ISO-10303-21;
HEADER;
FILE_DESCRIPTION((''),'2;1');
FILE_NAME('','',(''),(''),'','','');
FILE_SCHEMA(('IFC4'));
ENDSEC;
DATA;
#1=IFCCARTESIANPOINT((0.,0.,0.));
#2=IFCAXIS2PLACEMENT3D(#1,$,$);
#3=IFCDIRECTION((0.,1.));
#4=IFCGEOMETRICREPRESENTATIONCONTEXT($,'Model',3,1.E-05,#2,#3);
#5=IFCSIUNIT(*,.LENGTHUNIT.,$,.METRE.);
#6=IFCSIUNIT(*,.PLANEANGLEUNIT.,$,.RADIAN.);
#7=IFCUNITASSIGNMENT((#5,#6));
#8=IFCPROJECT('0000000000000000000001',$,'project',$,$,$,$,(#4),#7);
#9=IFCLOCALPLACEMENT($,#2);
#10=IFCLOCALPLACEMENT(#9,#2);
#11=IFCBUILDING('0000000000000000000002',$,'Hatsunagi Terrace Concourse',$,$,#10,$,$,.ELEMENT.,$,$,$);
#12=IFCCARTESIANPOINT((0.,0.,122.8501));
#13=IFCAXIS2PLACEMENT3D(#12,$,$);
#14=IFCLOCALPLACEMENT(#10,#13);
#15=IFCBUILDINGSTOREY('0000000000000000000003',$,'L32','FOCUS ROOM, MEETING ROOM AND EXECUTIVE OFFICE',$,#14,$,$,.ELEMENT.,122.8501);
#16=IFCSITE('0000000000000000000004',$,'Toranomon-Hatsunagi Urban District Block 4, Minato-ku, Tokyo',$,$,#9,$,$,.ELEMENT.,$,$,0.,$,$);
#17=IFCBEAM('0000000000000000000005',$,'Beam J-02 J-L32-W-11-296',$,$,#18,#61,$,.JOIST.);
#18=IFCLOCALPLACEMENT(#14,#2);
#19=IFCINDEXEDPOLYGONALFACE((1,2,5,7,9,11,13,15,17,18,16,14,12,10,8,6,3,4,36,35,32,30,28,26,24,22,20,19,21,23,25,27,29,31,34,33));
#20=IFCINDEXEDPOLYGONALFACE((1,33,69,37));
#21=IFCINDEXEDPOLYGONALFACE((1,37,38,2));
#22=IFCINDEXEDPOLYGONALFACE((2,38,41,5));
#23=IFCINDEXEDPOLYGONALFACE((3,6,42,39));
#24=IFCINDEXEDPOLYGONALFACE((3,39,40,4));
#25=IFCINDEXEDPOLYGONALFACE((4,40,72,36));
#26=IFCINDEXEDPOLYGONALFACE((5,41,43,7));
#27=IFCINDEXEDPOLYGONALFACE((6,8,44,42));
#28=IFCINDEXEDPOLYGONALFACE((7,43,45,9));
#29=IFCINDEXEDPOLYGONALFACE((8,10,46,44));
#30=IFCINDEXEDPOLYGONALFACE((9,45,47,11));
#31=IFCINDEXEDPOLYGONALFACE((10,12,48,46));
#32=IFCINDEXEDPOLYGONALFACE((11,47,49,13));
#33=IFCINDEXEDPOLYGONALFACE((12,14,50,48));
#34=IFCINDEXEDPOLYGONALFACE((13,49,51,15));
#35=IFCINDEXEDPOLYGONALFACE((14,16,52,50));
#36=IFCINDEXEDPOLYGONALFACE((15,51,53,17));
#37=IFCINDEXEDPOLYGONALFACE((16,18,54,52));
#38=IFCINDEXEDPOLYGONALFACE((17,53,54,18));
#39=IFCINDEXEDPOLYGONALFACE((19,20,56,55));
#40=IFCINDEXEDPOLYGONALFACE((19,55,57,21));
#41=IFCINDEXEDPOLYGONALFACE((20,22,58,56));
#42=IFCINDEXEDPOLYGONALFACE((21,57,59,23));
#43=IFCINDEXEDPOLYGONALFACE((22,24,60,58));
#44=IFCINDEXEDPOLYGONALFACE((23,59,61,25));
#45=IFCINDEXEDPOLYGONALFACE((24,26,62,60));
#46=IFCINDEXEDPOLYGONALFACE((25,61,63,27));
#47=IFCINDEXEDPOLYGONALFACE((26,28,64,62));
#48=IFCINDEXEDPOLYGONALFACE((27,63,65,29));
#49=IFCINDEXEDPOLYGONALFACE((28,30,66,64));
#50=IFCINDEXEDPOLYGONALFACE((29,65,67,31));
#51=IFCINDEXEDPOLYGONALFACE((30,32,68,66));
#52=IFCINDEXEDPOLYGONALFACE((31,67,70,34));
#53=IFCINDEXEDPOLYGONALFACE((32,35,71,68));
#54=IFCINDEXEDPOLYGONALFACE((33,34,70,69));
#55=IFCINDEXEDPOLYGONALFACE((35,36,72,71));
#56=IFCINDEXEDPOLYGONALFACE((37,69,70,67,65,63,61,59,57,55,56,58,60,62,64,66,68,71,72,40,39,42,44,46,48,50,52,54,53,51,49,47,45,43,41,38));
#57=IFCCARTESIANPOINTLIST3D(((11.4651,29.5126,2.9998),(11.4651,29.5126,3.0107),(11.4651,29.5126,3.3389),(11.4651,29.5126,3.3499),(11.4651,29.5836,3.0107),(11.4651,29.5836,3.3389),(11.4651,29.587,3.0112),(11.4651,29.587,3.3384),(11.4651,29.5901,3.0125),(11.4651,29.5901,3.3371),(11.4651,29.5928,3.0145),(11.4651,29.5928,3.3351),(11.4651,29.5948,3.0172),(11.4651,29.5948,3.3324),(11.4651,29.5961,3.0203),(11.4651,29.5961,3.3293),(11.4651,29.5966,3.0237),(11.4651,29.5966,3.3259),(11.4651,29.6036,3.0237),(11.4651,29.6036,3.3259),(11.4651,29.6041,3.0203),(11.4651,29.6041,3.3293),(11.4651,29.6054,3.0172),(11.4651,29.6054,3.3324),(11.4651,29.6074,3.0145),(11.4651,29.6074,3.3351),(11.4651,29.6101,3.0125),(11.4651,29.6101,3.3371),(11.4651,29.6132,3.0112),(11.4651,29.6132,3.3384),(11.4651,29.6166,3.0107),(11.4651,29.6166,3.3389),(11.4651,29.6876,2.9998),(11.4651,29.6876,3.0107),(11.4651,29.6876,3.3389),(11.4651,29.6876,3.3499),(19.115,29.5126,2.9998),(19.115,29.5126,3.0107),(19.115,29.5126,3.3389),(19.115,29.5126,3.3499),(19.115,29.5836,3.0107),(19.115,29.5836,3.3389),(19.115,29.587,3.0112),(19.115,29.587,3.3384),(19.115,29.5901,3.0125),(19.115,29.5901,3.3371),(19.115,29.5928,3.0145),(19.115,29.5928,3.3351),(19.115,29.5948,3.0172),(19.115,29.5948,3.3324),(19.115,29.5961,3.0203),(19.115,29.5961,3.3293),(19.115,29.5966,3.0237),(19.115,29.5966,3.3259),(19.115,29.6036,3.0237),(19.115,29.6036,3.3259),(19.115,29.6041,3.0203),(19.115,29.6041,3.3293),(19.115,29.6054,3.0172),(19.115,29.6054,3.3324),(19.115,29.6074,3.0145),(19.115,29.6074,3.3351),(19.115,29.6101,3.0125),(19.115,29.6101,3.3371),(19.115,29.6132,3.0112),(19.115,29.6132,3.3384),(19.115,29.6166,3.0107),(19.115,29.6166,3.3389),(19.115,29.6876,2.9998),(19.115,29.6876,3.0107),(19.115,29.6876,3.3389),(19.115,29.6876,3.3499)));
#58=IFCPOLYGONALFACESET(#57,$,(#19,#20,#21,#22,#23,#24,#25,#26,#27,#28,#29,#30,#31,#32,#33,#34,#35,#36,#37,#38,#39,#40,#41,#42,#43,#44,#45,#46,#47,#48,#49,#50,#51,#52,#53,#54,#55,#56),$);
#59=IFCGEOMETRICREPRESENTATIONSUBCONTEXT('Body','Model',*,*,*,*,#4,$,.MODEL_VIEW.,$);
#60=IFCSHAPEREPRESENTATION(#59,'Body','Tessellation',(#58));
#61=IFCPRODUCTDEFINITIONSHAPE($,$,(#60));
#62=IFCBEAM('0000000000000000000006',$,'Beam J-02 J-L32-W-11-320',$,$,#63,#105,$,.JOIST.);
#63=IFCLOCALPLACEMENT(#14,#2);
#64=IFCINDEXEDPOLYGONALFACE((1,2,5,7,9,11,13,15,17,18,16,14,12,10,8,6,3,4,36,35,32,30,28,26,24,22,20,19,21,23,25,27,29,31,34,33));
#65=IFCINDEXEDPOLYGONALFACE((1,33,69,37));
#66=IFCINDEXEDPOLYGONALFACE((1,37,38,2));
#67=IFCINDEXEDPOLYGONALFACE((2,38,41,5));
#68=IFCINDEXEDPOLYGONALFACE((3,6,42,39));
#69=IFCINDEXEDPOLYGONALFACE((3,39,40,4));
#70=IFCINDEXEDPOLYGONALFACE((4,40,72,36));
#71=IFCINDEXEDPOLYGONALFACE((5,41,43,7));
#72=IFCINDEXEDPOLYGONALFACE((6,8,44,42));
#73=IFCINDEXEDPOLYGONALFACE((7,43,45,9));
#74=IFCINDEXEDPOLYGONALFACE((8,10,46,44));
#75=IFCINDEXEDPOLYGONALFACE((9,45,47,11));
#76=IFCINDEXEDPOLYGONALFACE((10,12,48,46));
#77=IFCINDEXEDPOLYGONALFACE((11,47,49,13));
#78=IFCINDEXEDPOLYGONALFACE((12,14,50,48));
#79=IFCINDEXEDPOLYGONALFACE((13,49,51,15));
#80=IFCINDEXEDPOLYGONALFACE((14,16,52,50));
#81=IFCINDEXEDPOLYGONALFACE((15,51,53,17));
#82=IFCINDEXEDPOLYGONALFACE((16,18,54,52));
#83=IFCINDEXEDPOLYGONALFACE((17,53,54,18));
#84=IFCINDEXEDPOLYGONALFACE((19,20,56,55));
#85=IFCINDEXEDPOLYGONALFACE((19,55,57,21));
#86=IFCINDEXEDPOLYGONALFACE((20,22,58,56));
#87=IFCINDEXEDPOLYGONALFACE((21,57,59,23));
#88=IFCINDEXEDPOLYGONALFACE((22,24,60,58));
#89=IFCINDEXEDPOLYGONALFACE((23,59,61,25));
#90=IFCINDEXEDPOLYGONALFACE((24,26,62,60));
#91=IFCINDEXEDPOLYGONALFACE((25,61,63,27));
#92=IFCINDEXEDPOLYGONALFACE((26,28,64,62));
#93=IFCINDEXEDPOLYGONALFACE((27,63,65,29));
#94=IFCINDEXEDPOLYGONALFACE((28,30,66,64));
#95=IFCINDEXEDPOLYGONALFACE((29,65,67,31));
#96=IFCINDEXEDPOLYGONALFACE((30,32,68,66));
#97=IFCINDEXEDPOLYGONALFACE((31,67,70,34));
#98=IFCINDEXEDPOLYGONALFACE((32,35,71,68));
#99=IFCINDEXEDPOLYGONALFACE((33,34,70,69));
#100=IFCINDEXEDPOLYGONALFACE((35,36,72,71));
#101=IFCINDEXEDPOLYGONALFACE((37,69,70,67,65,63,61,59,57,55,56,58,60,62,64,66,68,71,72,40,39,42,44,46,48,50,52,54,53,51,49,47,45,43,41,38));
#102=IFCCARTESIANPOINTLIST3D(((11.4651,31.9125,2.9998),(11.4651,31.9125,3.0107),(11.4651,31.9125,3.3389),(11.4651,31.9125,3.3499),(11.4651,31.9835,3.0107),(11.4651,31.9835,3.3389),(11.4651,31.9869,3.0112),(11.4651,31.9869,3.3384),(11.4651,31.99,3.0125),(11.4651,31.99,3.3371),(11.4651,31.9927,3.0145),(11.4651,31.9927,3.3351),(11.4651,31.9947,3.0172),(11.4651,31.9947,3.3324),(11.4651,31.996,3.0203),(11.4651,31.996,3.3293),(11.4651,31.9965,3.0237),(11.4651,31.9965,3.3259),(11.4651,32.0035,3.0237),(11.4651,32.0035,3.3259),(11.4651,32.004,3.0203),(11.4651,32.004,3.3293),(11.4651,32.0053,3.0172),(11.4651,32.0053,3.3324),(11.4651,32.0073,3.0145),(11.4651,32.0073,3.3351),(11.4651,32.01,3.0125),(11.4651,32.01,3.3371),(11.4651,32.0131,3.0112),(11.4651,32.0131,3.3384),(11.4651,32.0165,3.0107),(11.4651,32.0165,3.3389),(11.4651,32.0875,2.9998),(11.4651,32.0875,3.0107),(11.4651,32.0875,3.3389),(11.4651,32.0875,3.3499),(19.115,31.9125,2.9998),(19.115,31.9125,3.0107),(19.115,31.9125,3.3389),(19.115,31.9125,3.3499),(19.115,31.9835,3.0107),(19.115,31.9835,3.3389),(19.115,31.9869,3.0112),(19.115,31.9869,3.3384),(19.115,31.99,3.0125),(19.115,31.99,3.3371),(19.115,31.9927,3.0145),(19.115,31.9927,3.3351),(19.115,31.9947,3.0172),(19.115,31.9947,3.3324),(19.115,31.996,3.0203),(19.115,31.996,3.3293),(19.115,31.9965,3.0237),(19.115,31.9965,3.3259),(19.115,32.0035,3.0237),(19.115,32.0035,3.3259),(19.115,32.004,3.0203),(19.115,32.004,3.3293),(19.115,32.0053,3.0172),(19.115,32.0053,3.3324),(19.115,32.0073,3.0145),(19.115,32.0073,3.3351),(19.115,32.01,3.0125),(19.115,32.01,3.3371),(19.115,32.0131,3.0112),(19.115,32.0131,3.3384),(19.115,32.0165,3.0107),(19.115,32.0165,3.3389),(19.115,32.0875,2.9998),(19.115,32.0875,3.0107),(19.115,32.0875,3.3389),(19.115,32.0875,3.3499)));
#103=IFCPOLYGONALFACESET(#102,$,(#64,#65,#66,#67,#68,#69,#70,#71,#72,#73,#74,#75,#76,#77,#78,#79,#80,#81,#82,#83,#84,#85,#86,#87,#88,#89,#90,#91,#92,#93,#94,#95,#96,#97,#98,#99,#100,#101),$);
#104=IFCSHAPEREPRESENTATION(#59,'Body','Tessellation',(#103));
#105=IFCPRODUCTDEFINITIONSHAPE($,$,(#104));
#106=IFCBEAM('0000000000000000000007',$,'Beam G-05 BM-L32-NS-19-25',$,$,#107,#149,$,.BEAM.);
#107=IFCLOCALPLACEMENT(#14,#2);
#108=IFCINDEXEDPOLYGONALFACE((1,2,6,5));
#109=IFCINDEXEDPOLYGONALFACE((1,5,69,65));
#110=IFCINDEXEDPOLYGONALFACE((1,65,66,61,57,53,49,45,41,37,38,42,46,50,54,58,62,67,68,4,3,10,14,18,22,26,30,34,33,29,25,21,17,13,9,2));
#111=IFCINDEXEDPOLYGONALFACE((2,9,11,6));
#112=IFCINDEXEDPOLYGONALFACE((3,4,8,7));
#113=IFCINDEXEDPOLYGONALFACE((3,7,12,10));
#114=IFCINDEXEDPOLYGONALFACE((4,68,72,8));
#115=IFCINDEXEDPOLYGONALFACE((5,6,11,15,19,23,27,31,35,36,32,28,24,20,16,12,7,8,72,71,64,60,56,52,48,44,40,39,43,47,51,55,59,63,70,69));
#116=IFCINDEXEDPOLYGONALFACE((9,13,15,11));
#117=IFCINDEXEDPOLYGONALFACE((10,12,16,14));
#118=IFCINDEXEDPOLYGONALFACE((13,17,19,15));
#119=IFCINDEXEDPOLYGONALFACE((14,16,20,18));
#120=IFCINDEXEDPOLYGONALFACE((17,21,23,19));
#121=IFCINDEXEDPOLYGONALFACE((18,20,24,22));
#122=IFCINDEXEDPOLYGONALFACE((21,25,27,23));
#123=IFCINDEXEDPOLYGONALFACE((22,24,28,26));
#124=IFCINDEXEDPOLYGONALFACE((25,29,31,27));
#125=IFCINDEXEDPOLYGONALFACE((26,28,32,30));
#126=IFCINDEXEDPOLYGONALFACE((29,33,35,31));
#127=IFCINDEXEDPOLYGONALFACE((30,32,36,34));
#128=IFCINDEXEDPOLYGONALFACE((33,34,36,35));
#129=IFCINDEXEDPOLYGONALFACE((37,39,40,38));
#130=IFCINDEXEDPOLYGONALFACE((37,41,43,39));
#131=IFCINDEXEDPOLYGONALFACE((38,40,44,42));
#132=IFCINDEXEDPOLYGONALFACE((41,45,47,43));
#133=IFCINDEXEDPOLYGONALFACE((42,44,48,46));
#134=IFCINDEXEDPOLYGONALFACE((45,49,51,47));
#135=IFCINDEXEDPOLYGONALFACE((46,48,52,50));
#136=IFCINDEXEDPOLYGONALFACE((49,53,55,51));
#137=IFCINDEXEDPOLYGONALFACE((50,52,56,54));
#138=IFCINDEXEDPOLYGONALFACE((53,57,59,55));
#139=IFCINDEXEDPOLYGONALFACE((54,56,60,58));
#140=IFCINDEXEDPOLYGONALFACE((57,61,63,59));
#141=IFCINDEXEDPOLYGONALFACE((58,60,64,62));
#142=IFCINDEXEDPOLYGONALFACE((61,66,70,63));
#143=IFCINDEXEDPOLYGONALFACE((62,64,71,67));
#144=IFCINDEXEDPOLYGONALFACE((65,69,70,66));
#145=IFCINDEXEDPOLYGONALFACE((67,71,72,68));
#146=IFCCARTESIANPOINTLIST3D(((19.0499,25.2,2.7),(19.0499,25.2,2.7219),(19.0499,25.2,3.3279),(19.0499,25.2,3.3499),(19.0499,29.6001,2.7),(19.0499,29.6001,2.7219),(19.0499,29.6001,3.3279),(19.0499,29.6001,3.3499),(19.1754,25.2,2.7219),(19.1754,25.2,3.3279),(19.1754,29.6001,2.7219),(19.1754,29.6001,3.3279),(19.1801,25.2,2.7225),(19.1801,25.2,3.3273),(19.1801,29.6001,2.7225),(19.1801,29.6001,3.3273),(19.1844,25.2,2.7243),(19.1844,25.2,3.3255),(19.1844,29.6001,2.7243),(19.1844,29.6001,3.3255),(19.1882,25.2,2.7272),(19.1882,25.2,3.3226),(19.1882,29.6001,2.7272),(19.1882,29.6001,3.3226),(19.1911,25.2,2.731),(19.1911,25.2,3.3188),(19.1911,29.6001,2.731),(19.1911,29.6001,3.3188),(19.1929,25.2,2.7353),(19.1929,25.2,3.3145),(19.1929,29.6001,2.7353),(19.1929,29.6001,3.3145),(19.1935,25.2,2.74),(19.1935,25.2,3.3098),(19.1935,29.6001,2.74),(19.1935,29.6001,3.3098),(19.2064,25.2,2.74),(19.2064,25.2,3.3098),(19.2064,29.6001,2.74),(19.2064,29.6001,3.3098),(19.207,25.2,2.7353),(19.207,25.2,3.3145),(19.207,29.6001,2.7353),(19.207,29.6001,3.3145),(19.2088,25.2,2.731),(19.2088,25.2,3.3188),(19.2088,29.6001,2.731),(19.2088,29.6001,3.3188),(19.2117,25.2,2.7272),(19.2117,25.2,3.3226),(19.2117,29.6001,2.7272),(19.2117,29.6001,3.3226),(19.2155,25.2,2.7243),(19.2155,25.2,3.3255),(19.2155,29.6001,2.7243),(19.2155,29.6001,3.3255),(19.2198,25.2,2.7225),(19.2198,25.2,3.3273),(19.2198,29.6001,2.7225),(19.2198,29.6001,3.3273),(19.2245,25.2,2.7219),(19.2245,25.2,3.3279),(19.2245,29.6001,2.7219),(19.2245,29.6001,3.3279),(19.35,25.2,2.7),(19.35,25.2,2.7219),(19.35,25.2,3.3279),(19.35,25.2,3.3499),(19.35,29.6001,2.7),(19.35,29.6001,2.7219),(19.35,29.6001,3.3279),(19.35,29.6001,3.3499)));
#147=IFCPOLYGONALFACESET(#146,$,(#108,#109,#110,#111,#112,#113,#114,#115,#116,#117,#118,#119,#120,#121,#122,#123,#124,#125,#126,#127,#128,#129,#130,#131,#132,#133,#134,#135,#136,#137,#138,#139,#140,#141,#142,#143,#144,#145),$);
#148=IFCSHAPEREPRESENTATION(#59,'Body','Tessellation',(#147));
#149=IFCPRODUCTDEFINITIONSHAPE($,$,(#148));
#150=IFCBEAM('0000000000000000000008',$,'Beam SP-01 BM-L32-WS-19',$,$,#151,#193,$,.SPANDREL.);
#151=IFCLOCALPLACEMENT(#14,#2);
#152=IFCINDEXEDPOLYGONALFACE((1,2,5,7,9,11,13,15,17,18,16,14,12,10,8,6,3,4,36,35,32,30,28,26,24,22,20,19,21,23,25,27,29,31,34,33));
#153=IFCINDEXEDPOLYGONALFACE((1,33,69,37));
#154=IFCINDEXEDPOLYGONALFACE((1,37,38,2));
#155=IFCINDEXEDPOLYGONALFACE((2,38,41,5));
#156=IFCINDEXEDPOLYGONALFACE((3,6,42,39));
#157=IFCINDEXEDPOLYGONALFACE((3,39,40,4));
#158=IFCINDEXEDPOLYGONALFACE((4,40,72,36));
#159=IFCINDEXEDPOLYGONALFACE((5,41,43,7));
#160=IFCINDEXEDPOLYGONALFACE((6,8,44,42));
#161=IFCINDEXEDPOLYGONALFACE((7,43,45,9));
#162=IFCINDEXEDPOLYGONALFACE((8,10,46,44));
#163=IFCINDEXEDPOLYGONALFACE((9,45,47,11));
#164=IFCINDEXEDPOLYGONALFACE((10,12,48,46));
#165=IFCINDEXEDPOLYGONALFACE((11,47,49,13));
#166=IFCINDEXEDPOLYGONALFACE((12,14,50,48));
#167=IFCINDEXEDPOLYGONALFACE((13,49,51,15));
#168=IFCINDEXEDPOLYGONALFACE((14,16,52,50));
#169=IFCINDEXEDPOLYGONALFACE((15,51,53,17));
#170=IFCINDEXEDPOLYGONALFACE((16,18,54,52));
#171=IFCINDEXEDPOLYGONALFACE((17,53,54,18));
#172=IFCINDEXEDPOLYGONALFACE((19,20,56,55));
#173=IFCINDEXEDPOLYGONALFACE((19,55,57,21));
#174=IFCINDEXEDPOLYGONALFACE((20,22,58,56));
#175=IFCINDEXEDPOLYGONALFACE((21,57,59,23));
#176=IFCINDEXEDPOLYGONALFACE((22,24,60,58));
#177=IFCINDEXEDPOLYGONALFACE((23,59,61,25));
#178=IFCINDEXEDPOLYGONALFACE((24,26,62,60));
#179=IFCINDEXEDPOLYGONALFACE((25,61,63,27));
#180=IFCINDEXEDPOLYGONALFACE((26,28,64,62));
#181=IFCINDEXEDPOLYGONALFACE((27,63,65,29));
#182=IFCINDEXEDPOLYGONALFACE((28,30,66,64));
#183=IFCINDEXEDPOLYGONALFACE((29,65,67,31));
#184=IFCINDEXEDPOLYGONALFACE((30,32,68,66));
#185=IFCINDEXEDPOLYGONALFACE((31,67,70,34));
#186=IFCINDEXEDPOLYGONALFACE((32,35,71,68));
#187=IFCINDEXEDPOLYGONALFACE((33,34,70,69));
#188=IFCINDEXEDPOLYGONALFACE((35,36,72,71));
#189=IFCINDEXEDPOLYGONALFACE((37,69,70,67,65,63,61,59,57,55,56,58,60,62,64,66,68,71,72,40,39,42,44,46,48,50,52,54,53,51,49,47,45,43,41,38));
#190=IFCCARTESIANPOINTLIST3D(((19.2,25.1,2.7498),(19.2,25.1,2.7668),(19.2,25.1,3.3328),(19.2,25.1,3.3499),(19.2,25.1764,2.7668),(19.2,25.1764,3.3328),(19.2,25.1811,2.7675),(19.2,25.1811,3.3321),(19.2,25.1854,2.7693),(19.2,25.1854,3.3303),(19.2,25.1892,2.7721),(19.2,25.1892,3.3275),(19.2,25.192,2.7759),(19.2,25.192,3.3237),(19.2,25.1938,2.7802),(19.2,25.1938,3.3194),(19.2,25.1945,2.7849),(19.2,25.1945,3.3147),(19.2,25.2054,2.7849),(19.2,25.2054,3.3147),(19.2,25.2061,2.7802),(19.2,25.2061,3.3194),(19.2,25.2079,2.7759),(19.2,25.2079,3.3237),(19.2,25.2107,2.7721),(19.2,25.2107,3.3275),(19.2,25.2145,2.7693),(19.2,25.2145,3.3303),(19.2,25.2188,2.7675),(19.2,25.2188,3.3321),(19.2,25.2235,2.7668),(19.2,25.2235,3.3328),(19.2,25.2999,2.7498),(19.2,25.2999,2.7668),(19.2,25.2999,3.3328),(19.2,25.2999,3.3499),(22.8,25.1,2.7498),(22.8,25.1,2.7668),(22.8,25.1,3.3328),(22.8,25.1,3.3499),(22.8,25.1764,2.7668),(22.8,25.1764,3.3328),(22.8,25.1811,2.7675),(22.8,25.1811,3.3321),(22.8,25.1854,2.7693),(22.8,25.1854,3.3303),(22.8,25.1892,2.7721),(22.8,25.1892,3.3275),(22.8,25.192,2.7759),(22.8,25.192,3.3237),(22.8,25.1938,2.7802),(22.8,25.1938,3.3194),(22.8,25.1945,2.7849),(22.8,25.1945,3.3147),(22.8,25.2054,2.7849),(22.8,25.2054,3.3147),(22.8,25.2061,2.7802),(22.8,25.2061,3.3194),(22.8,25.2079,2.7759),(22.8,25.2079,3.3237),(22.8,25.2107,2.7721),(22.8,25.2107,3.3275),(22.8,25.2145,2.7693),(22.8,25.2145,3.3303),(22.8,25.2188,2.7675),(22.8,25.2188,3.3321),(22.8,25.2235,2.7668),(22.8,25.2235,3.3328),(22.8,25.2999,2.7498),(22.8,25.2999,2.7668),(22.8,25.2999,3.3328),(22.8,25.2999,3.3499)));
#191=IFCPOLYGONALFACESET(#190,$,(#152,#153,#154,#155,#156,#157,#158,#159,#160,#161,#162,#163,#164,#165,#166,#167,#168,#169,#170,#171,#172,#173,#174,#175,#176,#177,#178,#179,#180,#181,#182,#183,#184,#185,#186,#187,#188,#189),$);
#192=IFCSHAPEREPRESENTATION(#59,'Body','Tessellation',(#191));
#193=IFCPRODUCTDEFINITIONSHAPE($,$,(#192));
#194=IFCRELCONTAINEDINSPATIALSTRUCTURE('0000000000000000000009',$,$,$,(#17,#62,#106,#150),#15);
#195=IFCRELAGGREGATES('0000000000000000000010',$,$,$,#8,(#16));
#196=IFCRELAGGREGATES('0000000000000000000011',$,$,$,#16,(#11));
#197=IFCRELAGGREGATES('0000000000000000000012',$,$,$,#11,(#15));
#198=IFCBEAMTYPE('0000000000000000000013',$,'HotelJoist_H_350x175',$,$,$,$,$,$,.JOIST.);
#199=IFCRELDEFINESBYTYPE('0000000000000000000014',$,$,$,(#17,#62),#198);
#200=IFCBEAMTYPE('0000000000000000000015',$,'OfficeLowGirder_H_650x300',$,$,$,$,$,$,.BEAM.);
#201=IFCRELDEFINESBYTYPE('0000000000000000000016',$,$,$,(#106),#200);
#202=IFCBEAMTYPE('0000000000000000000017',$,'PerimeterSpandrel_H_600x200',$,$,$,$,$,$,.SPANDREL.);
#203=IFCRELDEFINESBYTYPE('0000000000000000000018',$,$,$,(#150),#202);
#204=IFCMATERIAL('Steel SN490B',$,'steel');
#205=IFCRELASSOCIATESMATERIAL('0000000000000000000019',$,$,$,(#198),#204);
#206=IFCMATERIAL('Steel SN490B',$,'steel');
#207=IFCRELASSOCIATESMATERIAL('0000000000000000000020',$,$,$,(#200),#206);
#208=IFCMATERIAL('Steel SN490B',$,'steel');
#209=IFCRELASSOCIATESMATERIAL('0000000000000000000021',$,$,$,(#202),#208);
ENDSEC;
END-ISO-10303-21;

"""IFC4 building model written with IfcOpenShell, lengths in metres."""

from ifc_helpers import new_model, si_unit, direction, frame, origin, origin_2d, place, context, subcontext, project, spatial, i_section, extrude, material, material_profile, profile_set, type_object, element, save


model = new_model("IFC4")

# Units and contexts
model_context = context("Model", 3, precision=1e-05, world=origin(), true_north=direction((0.0, 1.0)))
body_context = subcontext(model_context, "Body", "Model", "MODEL_VIEW")
ifc_project = project(units=[si_unit("LENGTHUNIT", "METRE"), si_unit("PLANEANGLEUNIT", "RADIAN")], contexts=[model_context])

# Site, building, storey
site_placement = place(None, origin())
site = spatial("IfcSite", under=ifc_project, at=site_placement, Name="Toranomon-Hatsunagi Urban District Block 4, Minato-ku, Tokyo", CompositionType="ELEMENT", RefElevation=0.0)
building_placement = place(site_placement, origin())
building = spatial("IfcBuilding", under=site, at=building_placement, Name="Hatsunagi Terrace Concourse", CompositionType="ELEMENT")
storey_placement = place(building_placement, frame((0.0, 0.0, 122.8501)))
storey = spatial("IfcBuildingStorey", under=building, at=storey_placement, Name="L32", Description="FOCUS ROOM, MEETING ROOM AND EXECUTIVE OFFICE", CompositionType="ELEMENT", Elevation=122.8501)

# Beams
ifc_material_1 = material(Name="Steel SN490B", Category="steel")
ifc_material_profile_1 = material_profile(ifc_material_1, i_section(OverallWidth=0.175, OverallDepth=0.3501, WebThickness=0.0071, FlangeThickness=0.011, FilletRadius=0.0129, at=origin_2d()), Name="H-350x175x7x11")
ifc_profile_set_1 = profile_set([ifc_material_profile_1], Name="Steel SN490B")
beam_type_1 = type_object("IfcBeamType", Name="HotelJoist_H_350x175", PredefinedType="JOIST", material=ifc_profile_set_1)
for number, where, z_axis, x_axis, name in (
    (1, (11.4651, 29.6001, 3.1748), (1.0, 0.0, 0.0), (0.0, 1.0, 0.0), "Beam J-02 J-L32-W-11-296"),
    (2, (11.4651, 32.0, 3.1748), (1.0, 0.0, 0.0), (0.0, 1.0, 0.0), "Beam J-02 J-L32-W-11-320"),
):
    element("IfcBeam", number, at=place(storey_placement, frame(where, z_axis=z_axis, x_axis=x_axis)), inside=storey, type_object=beam_type_1, Name=name, PredefinedType="JOIST", context=body_context, shape_type="SweptSolid", body=[
        extrude(i_section(OverallWidth=0.175, OverallDepth=0.3501, WebThickness=0.0071, FlangeThickness=0.011, FilletRadius=0.0129, at=origin_2d()), origin(), (0.0, 0.0, 1.0), 7.6499),
    ])
ifc_material_2 = material(Name="Steel SN490B", Category="steel")
ifc_material_profile_2 = material_profile(ifc_material_2, i_section(OverallWidth=0.3, OverallDepth=0.6499, WebThickness=0.0129, FlangeThickness=0.022, FilletRadius=0.0181, at=origin_2d()), Name="H-650x300x13x22")
ifc_profile_set_2 = profile_set([ifc_material_profile_2], Name="Steel SN490B")
beam_type_2 = type_object("IfcBeamType", Name="OfficeLowGirder_H_650x300", PredefinedType="BEAM", material=ifc_profile_set_2)
beam_1_placement = place(storey_placement, frame((19.2, 25.2, 3.0249), z_axis=(0.0, 1.0, 0.0), x_axis=(-1.0, 0.0, 0.0)))
element("IfcBeam", 3, at=beam_1_placement, inside=storey, type_object=beam_type_2, Name="Beam G-05 BM-L32-NS-19-25", PredefinedType="BEAM", context=body_context, shape_type="SweptSolid", body=[
    extrude(i_section(OverallWidth=0.3, OverallDepth=0.6499, WebThickness=0.0129, FlangeThickness=0.022, FilletRadius=0.0181, at=origin_2d()), origin(), (0.0, 0.0, 1.0), 4.4001),
])
ifc_material_3 = material(Name="Steel SN490B", Category="steel")
ifc_material_profile_3 = material_profile(ifc_material_3, i_section(OverallWidth=0.2, OverallDepth=0.6001, WebThickness=0.011, FlangeThickness=0.0171, FilletRadius=0.0181, at=origin_2d()), Name="H-600x200x11x17")
ifc_profile_set_3 = profile_set([ifc_material_profile_3], Name="Steel SN490B")
beam_type_3 = type_object("IfcBeamType", Name="PerimeterSpandrel_H_600x200", PredefinedType="SPANDREL", material=ifc_profile_set_3)
beam_2_placement = place(storey_placement, frame((19.2, 25.2, 3.0498), z_axis=(1.0, 0.0, 0.0), x_axis=(0.0, 1.0, 0.0)))
element("IfcBeam", 4, at=beam_2_placement, inside=storey, type_object=beam_type_3, Name="Beam SP-01 BM-L32-WS-19", PredefinedType="SPANDREL", context=body_context, shape_type="SweptSolid", body=[
    extrude(i_section(OverallWidth=0.2, OverallDepth=0.6001, WebThickness=0.011, FlangeThickness=0.0171, FilletRadius=0.0181, at=origin_2d()), origin(), (0.0, 0.0, 1.0), 3.6001),
])

save(model, "model.ifc")
